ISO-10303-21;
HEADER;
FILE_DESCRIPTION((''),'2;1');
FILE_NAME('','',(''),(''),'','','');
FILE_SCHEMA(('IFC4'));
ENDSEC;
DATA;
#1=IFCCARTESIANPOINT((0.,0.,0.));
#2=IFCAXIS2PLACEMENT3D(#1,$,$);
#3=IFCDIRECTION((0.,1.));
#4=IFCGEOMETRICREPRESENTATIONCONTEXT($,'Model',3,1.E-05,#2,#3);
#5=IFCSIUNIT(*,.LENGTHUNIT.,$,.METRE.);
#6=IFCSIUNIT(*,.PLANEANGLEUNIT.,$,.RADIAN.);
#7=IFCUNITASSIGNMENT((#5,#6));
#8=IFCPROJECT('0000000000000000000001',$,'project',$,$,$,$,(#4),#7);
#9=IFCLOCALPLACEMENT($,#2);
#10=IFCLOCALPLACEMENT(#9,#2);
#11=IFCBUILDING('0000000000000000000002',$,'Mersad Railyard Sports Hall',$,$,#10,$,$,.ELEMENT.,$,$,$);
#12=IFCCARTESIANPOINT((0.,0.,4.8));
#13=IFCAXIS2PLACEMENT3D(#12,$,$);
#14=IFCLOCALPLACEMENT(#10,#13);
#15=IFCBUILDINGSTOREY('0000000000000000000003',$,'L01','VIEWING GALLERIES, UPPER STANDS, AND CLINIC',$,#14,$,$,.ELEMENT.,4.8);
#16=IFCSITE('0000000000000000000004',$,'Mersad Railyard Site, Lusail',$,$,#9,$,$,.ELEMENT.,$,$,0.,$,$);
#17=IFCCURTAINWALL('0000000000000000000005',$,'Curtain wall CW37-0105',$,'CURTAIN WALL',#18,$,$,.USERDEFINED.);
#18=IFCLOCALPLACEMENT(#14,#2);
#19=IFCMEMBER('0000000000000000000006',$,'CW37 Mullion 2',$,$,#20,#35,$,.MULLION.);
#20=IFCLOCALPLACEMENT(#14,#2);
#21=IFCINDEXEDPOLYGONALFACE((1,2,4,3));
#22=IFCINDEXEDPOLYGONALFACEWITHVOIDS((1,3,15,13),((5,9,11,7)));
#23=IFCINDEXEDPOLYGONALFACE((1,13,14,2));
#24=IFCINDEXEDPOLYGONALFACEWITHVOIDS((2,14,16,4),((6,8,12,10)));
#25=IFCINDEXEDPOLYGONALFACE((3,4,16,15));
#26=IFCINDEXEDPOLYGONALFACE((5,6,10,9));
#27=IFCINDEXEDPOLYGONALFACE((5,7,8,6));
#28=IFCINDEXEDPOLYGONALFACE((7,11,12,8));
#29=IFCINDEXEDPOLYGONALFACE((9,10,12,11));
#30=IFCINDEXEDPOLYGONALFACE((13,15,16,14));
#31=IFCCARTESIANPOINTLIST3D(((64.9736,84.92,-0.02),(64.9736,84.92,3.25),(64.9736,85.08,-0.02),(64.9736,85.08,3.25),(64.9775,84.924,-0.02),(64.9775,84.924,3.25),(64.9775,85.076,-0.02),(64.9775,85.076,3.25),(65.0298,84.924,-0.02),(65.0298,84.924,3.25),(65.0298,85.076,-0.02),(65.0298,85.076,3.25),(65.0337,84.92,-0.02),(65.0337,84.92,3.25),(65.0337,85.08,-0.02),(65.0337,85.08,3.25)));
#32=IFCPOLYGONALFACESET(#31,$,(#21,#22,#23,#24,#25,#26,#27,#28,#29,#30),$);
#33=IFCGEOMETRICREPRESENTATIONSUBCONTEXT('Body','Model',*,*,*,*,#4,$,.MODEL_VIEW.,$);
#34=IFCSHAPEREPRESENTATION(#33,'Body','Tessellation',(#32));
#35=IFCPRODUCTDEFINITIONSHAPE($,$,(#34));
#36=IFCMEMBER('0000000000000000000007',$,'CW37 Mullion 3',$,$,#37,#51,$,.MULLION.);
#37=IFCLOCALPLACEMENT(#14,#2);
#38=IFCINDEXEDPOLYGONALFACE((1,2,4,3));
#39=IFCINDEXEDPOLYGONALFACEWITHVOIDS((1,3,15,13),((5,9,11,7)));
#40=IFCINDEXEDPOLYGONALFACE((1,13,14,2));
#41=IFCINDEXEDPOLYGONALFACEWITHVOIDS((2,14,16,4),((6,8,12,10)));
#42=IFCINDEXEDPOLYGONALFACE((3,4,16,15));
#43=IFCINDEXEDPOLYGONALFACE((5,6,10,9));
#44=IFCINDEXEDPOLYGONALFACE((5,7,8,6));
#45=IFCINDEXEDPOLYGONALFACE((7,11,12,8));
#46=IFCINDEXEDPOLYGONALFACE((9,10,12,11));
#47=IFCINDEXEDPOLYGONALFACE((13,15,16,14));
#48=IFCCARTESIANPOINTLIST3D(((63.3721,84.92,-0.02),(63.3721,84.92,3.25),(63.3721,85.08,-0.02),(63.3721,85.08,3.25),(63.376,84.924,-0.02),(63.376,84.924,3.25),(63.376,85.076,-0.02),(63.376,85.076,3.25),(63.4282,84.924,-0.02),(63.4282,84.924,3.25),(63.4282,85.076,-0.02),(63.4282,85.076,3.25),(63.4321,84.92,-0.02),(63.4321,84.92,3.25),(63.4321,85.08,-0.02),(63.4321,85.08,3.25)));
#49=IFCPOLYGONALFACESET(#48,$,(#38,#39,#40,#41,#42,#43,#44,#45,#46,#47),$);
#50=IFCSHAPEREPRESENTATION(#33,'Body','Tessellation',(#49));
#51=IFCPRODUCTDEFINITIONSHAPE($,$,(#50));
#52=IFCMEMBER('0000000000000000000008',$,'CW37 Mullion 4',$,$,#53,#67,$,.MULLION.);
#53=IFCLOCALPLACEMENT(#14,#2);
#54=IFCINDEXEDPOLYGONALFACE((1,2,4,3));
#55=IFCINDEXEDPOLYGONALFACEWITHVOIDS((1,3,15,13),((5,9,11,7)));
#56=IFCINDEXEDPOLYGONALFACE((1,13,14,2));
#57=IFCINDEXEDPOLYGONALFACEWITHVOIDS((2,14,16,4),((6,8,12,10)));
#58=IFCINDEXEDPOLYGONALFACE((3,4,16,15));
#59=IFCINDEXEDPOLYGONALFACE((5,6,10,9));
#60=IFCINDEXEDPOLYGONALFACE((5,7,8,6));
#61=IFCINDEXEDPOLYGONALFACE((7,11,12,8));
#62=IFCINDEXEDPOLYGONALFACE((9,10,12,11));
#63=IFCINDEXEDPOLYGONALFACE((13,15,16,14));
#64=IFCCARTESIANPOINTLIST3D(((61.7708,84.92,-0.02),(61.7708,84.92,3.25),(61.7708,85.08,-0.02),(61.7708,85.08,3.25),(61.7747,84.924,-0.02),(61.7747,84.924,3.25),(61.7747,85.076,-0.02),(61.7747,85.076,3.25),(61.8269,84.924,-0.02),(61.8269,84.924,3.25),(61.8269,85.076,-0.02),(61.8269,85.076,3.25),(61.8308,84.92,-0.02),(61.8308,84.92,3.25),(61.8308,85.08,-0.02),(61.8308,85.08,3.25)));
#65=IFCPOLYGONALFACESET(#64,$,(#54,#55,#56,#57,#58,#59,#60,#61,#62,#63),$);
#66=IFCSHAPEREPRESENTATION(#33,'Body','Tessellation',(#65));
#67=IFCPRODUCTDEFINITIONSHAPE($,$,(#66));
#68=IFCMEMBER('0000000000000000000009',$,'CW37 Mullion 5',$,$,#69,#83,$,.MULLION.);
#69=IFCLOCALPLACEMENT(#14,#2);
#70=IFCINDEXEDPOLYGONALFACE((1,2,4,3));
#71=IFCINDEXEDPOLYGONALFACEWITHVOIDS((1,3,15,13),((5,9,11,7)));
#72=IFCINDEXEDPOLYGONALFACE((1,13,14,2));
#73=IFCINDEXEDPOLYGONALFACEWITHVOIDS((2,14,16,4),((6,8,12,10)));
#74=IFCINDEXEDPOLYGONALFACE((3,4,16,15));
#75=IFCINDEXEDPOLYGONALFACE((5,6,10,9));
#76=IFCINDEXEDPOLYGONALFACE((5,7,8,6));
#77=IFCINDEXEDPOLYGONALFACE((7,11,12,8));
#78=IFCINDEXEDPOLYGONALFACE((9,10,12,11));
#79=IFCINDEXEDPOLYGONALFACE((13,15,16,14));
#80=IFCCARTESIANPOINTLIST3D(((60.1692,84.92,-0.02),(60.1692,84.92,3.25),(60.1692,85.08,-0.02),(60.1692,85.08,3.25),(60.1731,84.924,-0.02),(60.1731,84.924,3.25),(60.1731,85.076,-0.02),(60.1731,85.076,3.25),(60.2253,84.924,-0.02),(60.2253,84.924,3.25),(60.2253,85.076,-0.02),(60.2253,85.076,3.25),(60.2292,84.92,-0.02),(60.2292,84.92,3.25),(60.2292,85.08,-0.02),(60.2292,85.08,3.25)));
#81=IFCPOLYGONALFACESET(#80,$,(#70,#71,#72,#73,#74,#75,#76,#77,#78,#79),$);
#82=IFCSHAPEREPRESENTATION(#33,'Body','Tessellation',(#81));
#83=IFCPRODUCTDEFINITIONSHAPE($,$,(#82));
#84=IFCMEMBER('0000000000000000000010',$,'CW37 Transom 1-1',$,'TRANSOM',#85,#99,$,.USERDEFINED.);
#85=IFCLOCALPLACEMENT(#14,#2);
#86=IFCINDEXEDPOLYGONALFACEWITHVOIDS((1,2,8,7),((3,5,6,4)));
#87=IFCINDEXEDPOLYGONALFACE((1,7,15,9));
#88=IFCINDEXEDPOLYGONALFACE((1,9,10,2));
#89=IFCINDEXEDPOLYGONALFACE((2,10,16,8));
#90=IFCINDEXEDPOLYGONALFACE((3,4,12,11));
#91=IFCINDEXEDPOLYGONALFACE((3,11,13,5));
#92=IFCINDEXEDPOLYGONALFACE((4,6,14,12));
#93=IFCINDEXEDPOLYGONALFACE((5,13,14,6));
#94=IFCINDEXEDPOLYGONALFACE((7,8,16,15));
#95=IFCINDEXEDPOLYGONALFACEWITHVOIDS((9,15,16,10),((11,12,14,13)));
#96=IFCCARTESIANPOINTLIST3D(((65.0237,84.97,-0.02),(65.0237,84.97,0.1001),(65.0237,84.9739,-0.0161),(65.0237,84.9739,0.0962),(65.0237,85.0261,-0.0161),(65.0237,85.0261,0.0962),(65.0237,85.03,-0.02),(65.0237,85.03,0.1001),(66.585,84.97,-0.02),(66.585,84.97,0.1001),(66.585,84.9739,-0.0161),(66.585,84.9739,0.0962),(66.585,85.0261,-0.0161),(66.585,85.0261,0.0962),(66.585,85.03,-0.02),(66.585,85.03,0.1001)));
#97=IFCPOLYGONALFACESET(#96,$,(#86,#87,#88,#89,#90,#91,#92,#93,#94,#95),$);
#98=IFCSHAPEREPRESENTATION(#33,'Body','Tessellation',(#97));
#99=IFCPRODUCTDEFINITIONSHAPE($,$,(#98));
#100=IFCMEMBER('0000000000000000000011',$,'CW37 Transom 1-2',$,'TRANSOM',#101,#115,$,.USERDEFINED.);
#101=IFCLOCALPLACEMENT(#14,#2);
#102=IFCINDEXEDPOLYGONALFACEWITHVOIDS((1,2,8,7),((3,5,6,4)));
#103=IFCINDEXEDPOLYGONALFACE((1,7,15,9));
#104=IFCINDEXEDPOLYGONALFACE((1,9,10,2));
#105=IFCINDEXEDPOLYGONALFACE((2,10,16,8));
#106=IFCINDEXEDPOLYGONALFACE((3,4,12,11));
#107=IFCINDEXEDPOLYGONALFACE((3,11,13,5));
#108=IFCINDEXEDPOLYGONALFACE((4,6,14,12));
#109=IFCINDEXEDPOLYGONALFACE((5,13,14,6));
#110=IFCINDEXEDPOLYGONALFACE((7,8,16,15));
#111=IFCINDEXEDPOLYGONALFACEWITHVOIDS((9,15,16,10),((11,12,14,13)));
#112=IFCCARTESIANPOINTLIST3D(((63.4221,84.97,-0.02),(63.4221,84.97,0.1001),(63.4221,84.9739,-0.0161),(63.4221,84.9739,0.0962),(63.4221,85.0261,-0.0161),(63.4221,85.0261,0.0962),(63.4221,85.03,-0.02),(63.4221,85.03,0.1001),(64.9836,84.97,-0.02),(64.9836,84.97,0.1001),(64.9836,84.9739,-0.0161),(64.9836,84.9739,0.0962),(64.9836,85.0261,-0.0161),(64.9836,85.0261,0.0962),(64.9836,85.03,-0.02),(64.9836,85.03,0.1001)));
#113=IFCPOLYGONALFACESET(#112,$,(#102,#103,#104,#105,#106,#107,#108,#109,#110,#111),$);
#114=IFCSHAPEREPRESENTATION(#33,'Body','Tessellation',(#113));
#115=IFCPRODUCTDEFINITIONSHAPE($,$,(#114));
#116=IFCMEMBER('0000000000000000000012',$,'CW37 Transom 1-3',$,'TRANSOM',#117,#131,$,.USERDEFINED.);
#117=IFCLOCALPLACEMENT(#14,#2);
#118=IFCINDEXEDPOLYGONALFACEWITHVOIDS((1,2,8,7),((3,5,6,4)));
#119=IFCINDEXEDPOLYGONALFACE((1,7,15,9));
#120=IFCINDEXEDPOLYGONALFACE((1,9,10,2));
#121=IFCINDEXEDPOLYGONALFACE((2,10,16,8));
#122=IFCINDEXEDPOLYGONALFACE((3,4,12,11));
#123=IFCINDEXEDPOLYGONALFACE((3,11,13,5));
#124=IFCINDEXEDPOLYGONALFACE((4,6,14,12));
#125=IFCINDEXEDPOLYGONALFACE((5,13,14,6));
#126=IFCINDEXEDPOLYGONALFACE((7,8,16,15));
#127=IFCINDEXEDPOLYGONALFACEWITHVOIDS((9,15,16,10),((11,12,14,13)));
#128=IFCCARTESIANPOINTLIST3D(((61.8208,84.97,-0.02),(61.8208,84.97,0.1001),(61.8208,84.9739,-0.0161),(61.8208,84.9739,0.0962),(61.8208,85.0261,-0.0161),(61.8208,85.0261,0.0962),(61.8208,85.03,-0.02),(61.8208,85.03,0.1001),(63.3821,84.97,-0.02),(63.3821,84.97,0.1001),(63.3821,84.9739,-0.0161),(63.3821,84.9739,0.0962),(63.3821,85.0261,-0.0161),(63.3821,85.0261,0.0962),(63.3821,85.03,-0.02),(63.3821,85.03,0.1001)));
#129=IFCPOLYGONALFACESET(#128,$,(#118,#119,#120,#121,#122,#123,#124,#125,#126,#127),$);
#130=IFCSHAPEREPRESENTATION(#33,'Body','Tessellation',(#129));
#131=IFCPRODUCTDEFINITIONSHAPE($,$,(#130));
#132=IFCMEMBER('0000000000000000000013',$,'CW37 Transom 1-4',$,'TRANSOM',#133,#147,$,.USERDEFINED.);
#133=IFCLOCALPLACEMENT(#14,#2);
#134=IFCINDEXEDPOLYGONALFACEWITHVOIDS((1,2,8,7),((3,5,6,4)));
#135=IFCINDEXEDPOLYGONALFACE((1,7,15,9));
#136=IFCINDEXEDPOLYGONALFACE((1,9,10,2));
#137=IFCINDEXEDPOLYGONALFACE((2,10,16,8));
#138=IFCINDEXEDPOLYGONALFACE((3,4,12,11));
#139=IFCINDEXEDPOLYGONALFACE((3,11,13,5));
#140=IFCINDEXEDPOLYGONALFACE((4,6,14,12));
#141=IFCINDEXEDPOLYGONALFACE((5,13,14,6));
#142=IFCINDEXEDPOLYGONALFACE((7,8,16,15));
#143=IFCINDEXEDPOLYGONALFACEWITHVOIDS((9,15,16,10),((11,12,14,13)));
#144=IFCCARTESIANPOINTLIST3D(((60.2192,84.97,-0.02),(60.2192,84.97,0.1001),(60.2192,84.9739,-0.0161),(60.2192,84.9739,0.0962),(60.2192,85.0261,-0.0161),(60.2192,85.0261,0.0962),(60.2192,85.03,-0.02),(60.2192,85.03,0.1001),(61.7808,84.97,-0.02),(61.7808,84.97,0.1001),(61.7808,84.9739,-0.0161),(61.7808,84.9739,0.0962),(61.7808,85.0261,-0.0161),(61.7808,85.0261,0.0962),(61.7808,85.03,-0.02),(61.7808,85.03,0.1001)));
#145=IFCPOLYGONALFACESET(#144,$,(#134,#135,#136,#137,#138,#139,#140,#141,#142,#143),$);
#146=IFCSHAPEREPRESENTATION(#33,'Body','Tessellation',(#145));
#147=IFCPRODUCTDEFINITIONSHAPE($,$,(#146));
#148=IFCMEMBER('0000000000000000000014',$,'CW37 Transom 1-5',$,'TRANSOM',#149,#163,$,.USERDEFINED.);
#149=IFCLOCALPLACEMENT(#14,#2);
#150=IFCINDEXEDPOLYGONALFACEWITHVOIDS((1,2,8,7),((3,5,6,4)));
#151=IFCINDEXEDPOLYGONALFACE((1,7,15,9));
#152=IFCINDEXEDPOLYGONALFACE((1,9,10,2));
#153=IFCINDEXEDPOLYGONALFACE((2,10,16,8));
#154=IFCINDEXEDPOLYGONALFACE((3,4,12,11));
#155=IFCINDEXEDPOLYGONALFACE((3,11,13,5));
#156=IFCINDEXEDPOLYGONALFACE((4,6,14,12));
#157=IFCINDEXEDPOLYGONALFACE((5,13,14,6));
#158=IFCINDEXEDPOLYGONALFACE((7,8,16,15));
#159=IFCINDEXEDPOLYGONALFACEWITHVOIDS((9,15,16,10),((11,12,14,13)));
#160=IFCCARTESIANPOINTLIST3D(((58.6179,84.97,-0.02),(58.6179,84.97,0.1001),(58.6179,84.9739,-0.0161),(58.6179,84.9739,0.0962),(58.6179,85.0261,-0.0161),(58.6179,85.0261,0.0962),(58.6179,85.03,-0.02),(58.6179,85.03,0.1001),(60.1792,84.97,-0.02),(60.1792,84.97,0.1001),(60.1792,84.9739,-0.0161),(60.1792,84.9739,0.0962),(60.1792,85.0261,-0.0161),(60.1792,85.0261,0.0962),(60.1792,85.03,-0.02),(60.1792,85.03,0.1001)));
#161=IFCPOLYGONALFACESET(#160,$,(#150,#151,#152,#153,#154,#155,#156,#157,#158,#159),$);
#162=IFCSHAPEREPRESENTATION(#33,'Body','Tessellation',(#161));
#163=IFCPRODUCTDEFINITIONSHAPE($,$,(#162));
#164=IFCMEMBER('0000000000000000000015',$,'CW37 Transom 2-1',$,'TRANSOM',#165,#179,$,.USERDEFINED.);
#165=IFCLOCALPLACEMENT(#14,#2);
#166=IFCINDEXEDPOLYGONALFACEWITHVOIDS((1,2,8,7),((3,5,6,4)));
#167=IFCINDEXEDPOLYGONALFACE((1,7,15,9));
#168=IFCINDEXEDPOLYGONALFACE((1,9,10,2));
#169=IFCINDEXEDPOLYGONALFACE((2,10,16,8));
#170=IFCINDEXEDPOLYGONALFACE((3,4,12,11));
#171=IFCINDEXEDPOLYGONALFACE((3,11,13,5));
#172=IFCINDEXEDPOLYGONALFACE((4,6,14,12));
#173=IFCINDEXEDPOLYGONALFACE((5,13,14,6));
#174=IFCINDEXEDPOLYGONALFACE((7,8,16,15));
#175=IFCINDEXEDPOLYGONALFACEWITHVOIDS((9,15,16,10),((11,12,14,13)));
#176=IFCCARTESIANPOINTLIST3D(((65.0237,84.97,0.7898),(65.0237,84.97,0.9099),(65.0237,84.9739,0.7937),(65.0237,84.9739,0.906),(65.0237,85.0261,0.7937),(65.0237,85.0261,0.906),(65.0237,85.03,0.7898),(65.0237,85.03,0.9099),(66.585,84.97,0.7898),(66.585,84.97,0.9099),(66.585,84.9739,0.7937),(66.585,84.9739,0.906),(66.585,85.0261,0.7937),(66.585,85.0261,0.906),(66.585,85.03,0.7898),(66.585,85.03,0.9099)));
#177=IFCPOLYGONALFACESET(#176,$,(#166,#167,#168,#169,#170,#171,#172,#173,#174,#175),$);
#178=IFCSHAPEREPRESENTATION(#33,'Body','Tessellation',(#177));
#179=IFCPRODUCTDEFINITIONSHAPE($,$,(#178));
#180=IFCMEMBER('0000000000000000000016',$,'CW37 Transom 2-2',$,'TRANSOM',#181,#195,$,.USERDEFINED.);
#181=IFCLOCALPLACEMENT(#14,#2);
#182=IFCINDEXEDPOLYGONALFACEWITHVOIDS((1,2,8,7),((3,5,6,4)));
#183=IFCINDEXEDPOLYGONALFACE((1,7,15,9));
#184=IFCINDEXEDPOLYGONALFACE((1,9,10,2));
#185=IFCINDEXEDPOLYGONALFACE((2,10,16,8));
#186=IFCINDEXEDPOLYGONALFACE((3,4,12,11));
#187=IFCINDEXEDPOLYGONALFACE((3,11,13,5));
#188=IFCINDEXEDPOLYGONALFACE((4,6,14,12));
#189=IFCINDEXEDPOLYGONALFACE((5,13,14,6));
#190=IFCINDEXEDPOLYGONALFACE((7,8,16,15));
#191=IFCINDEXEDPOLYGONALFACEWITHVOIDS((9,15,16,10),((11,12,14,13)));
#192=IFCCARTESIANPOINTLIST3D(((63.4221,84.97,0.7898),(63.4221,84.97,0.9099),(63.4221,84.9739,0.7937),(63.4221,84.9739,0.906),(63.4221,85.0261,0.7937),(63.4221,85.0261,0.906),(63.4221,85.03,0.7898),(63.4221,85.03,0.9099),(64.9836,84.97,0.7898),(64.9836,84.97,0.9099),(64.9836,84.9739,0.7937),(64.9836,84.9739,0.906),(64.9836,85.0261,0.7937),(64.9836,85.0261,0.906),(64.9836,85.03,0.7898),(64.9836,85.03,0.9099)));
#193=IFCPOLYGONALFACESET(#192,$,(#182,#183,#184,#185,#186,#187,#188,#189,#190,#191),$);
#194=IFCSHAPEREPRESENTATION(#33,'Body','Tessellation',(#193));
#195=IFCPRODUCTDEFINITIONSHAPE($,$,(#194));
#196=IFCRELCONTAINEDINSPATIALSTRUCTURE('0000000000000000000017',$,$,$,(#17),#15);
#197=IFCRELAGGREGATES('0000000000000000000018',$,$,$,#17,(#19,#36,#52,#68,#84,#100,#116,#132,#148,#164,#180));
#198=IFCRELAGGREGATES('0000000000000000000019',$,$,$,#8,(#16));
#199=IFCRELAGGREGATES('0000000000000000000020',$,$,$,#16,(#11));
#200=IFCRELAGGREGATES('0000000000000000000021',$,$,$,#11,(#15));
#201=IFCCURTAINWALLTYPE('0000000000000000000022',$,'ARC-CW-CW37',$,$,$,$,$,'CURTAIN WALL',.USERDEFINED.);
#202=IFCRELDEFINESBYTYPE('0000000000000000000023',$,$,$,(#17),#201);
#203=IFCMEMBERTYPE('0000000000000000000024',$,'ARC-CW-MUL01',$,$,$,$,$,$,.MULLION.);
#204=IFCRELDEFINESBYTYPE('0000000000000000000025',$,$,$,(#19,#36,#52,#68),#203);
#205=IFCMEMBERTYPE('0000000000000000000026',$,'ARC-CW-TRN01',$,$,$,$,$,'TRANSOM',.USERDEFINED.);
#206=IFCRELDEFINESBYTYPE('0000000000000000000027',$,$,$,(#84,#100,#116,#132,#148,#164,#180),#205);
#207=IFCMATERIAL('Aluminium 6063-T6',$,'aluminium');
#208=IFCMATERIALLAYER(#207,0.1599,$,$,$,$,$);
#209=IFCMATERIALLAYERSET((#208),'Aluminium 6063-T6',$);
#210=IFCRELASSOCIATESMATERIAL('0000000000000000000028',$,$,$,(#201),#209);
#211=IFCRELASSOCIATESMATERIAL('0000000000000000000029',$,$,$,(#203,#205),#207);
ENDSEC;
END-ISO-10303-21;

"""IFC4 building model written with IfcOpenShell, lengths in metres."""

from ifc_helpers import new_model, si_unit, direction, frame, origin, origin_2d, place, context, subcontext, project, spatial, hollow_rectangle, extrude, material, layer, layer_set, material_profile, profile_set, type_object, element, aggregate, save


model = new_model("IFC4")

# Units and contexts
model_context = context("Model", 3, precision=1e-05, world=origin(), true_north=direction((0.0, 1.0)))
body_context = subcontext(model_context, "Body", "Model", "MODEL_VIEW")
ifc_project = project(units=[si_unit("LENGTHUNIT", "METRE"), si_unit("PLANEANGLEUNIT", "RADIAN")], contexts=[model_context])

# Site, building, storey
site_placement = place(None, origin())
site = spatial("IfcSite", under=ifc_project, at=site_placement, Name="Mersad Railyard Site, Lusail", CompositionType="ELEMENT", RefElevation=0.0)
building_placement = place(site_placement, origin())
building = spatial("IfcBuilding", under=site, at=building_placement, Name="Mersad Railyard Sports Hall", CompositionType="ELEMENT")
storey_placement = place(building_placement, frame((0.0, 0.0, 4.8)))
storey = spatial("IfcBuildingStorey", under=building, at=storey_placement, Name="L01", Description="VIEWING GALLERIES, UPPER STANDS, AND CLINIC", CompositionType="ELEMENT", Elevation=4.8)

# Curtain wall, members
ifc_material_1 = material(Name="Aluminium 6063-T6", Category="aluminium")
ifc_layer_1 = layer(ifc_material_1, 0.1599)
ifc_layer_set_1 = layer_set([ifc_layer_1], Name="Aluminium 6063-T6")
curtain_wall_type = type_object("IfcCurtainWallType", Name="ARC-CW-CW37", ElementType="CURTAIN WALL", PredefinedType="USERDEFINED", material=ifc_layer_set_1)
curtain_wall_placement = place(storey_placement, origin())
curtain_wall = element("IfcCurtainWall", 1, at=curtain_wall_placement, inside=storey, type_object=curtain_wall_type, Name="Curtain wall CW37-0105", ObjectType="CURTAIN WALL", PredefinedType="USERDEFINED")
ifc_material_profile_1 = material_profile(ifc_material_1, hollow_rectangle(XDim=0.0601, YDim=0.1599, WallThickness=0.0039, at=origin_2d()), Name="AL MULLION 60x160x4")
ifc_profile_set_1 = profile_set([ifc_material_profile_1], Name="Aluminium 6063-T6")
member_type_1 = type_object("IfcMemberType", Name="ARC-CW-MUL01", PredefinedType="MULLION", material=ifc_profile_set_1)
member_1_placement = place(storey_placement, frame((65.0037, 85.0, -0.02), z_axis=(0.0, 0.0, 1.0), x_axis=(1.0, 0.0, 0.0)))
member_1 = element("IfcMember", 2, at=member_1_placement, type_object=member_type_1, Name="CW37 Mullion 2", PredefinedType="MULLION", context=body_context, shape_type="SweptSolid", body=[
    extrude(hollow_rectangle(XDim=0.0601, YDim=0.1599, WallThickness=0.0039, at=origin_2d()), origin(), (0.0, 0.0, 1.0), 3.27),
])
member_2_placement = place(storey_placement, frame((63.4021, 85.0, -0.02), z_axis=(0.0, 0.0, 1.0), x_axis=(1.0, 0.0, 0.0)))
member_2 = element("IfcMember", 3, at=member_2_placement, type_object=member_type_1, Name="CW37 Mullion 3", PredefinedType="MULLION", context=body_context, shape_type="SweptSolid", body=[
    extrude(hollow_rectangle(XDim=0.0601, YDim=0.1599, WallThickness=0.0039, at=origin_2d()), origin(), (0.0, 0.0, 1.0), 3.27),
])
member_3_placement = place(storey_placement, frame((61.8008, 85.0, -0.02), z_axis=(0.0, 0.0, 1.0), x_axis=(1.0, 0.0, 0.0)))
member_3 = element("IfcMember", 4, at=member_3_placement, type_object=member_type_1, Name="CW37 Mullion 4", PredefinedType="MULLION", context=body_context, shape_type="SweptSolid", body=[
    extrude(hollow_rectangle(XDim=0.0601, YDim=0.1599, WallThickness=0.0039, at=origin_2d()), origin(), (0.0, 0.0, 1.0), 3.27),
])
member_4_placement = place(storey_placement, frame((60.1992, 85.0, -0.02), z_axis=(0.0, 0.0, 1.0), x_axis=(1.0, 0.0, 0.0)))
member_4 = element("IfcMember", 5, at=member_4_placement, type_object=member_type_1, Name="CW37 Mullion 5", PredefinedType="MULLION", context=body_context, shape_type="SweptSolid", body=[
    extrude(hollow_rectangle(XDim=0.0601, YDim=0.1599, WallThickness=0.0039, at=origin_2d()), origin(), (0.0, 0.0, 1.0), 3.27),
])
ifc_material_profile_2 = material_profile(ifc_material_1, hollow_rectangle(XDim=0.0601, YDim=0.1201, WallThickness=0.0039, at=origin_2d()), Name="AL TRANSOM 60x120x4")
ifc_profile_set_2 = profile_set([ifc_material_profile_2], Name="Aluminium 6063-T6")
member_type_2 = type_object("IfcMemberType", Name="ARC-CW-TRN01", ElementType="TRANSOM", PredefinedType="USERDEFINED", material=ifc_profile_set_2)
member_5_placement = place(storey_placement, frame((66.585, 85.0, 0.04), z_axis=(-1.0, 0.0, 0.0), x_axis=(0.0, -1.0, 0.0)))
member_5 = element("IfcMember", 6, at=member_5_placement, type_object=member_type_2, Name="CW37 Transom 1-1", ObjectType="TRANSOM", PredefinedType="USERDEFINED", context=body_context, shape_type="SweptSolid", body=[
    extrude(hollow_rectangle(XDim=0.0601, YDim=0.1201, WallThickness=0.0039, at=origin_2d()), origin(), (0.0, 0.0, 1.0), 1.5613),
])
member_6_placement = place(storey_placement, frame((64.9836, 85.0, 0.04), z_axis=(-1.0, 0.0, 0.0), x_axis=(0.0, -1.0, 0.0)))
member_6 = element("IfcMember", 7, at=member_6_placement, type_object=member_type_2, Name="CW37 Transom 1-2", ObjectType="TRANSOM", PredefinedType="USERDEFINED", context=body_context, shape_type="SweptSolid", body=[
    extrude(hollow_rectangle(XDim=0.0601, YDim=0.1201, WallThickness=0.0039, at=origin_2d()), origin(), (0.0, 0.0, 1.0), 1.5615),
])
member_7_placement = place(storey_placement, frame((63.3821, 85.0, 0.04), z_axis=(-1.0, 0.0, 0.0), x_axis=(0.0, -1.0, 0.0)))
member_7 = element("IfcMember", 8, at=member_7_placement, type_object=member_type_2, Name="CW37 Transom 1-3", ObjectType="TRANSOM", PredefinedType="USERDEFINED", context=body_context, shape_type="SweptSolid", body=[
    extrude(hollow_rectangle(XDim=0.0601, YDim=0.1201, WallThickness=0.0039, at=origin_2d()), origin(), (0.0, 0.0, 1.0), 1.5613),
])
member_8_placement = place(storey_placement, frame((61.7808, 85.0, 0.04), z_axis=(-1.0, 0.0, 0.0), x_axis=(0.0, -1.0, 0.0)))
member_8 = element("IfcMember", 9, at=member_8_placement, type_object=member_type_2, Name="CW37 Transom 1-4", ObjectType="TRANSOM", PredefinedType="USERDEFINED", context=body_context, shape_type="SweptSolid", body=[
    extrude(hollow_rectangle(XDim=0.0601, YDim=0.1201, WallThickness=0.0039, at=origin_2d()), origin(), (0.0, 0.0, 1.0), 1.5615),
])
member_9_placement = place(storey_placement, frame((60.1792, 85.0, 0.04), z_axis=(-1.0, 0.0, 0.0), x_axis=(0.0, -1.0, 0.0)))
member_9 = element("IfcMember", 10, at=member_9_placement, type_object=member_type_2, Name="CW37 Transom 1-5", ObjectType="TRANSOM", PredefinedType="USERDEFINED", context=body_context, shape_type="SweptSolid", body=[
    extrude(hollow_rectangle(XDim=0.0601, YDim=0.1201, WallThickness=0.0039, at=origin_2d()), origin(), (0.0, 0.0, 1.0), 1.5613),
])
member_10_placement = place(storey_placement, frame((66.585, 85.0, 0.8499), z_axis=(-1.0, 0.0, 0.0), x_axis=(0.0, -1.0, 0.0)))
member_10 = element("IfcMember", 11, at=member_10_placement, type_object=member_type_2, Name="CW37 Transom 2-1", ObjectType="TRANSOM", PredefinedType="USERDEFINED", context=body_context, shape_type="SweptSolid", body=[
    extrude(hollow_rectangle(XDim=0.0601, YDim=0.1201, WallThickness=0.0039, at=origin_2d()), origin(), (0.0, 0.0, 1.0), 1.5613),
])
member_11_placement = place(storey_placement, frame((64.9836, 85.0, 0.8499), z_axis=(-1.0, 0.0, 0.0), x_axis=(0.0, -1.0, 0.0)))
member_11 = element("IfcMember", 12, at=member_11_placement, type_object=member_type_2, Name="CW37 Transom 2-2", ObjectType="TRANSOM", PredefinedType="USERDEFINED", context=body_context, shape_type="SweptSolid", body=[
    extrude(hollow_rectangle(XDim=0.0601, YDim=0.1201, WallThickness=0.0039, at=origin_2d()), origin(), (0.0, 0.0, 1.0), 1.5615),
])
aggregate(curtain_wall, [member_1, member_2, member_3, member_4, member_5, member_6, member_7, member_8, member_9, member_10, member_11])

save(model, "model.ifc")
